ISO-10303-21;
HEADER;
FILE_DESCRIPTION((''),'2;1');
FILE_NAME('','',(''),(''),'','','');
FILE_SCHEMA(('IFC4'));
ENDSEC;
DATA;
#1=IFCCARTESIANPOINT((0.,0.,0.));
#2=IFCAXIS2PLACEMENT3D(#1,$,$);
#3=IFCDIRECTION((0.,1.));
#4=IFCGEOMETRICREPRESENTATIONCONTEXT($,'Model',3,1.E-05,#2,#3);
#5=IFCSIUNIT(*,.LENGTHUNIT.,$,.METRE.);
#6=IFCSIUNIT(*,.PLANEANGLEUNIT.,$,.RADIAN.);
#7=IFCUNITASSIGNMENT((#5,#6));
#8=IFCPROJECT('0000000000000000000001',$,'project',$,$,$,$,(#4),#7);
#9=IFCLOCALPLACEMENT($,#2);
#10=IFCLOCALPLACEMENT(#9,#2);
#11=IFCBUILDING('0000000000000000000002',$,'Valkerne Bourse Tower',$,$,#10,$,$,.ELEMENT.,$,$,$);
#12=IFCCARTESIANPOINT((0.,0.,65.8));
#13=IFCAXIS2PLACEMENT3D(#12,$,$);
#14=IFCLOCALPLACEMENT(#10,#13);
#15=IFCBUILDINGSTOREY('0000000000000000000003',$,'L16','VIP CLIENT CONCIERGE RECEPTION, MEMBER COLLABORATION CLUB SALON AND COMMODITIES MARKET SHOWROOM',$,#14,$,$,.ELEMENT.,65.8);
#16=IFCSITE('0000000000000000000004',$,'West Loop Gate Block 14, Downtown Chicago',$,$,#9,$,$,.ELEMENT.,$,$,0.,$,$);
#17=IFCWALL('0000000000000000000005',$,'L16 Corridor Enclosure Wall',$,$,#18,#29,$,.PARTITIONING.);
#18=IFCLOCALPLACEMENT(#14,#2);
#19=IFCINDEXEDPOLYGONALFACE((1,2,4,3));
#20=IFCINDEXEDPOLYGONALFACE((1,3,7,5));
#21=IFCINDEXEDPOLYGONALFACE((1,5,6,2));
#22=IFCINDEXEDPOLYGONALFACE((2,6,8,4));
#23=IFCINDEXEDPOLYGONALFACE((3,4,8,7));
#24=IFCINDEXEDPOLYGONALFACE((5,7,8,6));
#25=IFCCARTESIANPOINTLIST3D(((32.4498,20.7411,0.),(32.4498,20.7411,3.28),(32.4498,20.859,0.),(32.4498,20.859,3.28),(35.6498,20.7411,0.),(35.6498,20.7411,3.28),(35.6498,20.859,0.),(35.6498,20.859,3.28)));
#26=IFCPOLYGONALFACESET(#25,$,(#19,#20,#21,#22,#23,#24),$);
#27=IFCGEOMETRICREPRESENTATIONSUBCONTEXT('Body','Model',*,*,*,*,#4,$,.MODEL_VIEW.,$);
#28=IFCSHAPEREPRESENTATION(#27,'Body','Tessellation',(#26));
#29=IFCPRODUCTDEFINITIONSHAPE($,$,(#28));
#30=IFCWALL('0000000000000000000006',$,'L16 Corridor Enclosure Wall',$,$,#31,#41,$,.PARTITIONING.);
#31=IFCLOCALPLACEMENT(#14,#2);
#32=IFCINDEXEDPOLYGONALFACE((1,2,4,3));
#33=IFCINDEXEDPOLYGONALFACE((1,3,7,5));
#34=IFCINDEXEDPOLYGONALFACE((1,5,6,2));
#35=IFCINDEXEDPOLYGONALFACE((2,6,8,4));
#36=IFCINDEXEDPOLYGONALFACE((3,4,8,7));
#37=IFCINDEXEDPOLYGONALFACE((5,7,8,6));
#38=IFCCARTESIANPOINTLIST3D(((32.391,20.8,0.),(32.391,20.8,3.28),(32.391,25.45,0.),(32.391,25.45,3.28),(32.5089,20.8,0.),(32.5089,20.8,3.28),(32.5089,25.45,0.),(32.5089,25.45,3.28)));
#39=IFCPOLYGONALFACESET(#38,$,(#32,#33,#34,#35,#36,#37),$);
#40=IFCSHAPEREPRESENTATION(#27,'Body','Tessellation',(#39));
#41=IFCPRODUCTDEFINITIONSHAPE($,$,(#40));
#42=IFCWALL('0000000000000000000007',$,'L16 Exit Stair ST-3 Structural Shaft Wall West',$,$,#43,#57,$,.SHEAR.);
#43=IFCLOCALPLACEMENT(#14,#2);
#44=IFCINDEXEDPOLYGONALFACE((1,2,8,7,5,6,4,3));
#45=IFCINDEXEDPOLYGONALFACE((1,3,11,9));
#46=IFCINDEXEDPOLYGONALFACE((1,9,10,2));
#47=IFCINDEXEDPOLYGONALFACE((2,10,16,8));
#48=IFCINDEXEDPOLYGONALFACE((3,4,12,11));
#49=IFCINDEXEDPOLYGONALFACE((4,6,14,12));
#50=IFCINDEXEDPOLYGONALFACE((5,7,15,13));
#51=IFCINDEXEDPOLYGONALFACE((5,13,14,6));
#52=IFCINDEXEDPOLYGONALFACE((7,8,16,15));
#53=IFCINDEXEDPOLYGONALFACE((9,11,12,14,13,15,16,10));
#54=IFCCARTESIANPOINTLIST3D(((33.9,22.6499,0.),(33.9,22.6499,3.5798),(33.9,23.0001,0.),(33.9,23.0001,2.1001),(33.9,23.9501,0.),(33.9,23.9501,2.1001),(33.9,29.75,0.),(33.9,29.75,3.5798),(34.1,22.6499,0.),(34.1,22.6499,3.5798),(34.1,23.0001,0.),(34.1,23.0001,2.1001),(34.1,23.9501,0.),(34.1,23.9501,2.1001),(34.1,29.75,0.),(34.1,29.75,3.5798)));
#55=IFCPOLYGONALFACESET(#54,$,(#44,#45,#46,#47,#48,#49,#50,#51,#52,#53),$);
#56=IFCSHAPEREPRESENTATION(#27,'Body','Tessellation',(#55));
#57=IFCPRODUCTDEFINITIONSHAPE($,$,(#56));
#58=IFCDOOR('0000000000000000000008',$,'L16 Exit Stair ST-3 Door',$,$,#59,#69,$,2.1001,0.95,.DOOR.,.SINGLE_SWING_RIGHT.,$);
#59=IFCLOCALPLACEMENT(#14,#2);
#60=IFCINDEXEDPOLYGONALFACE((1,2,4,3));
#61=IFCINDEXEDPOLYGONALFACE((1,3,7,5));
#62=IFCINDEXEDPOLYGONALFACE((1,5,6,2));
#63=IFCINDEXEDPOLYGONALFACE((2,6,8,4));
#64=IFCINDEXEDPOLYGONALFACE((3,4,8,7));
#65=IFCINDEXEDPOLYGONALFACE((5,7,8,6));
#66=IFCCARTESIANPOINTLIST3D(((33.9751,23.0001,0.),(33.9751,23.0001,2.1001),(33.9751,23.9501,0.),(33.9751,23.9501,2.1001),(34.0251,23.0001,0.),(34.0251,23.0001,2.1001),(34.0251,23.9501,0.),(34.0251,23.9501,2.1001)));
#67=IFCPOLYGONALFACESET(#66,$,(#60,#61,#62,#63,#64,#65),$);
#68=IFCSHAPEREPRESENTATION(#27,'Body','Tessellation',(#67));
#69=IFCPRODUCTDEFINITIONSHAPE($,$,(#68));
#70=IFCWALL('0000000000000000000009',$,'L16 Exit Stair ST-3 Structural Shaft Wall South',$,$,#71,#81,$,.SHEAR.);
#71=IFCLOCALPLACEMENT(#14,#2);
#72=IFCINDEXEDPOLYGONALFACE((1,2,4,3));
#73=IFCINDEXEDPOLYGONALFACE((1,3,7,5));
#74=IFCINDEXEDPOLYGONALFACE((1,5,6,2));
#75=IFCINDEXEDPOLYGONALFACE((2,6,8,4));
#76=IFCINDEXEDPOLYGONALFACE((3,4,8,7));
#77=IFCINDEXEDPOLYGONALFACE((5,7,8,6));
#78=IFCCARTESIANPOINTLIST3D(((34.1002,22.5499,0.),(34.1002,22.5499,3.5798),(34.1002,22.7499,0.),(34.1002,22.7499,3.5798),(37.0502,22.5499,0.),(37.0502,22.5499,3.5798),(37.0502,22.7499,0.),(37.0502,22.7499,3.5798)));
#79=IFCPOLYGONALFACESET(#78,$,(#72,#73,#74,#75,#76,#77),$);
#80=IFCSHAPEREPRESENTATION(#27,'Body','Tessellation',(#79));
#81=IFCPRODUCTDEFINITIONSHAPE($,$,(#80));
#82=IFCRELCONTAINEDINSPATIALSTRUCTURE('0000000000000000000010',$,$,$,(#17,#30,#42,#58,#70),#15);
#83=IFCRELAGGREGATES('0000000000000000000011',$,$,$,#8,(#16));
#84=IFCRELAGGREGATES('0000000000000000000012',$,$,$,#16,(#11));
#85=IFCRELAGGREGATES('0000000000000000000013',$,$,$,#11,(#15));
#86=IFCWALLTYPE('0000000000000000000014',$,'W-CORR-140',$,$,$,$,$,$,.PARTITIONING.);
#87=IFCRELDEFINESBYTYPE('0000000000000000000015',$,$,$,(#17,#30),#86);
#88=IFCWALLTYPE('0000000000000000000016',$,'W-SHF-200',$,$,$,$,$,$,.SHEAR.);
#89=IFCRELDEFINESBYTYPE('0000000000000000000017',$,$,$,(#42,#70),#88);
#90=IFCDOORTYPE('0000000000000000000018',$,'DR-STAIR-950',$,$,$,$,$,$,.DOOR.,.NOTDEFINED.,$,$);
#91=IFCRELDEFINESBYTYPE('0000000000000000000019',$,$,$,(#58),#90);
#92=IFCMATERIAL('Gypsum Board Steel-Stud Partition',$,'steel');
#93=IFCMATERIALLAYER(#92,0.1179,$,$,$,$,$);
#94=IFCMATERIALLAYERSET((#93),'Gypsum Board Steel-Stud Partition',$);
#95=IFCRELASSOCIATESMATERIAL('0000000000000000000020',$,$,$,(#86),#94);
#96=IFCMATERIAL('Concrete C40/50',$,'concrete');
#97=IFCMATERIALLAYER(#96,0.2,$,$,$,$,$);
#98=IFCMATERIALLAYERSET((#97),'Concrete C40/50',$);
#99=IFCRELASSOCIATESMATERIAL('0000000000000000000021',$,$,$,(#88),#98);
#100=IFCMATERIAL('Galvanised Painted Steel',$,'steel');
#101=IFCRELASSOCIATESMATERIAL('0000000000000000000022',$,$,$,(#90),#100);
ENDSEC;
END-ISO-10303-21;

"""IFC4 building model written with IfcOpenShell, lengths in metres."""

from ifc_helpers import new_model, si_unit, direction, frame, frame_2d, origin, place, context, subcontext, project, spatial, rectangle, extrude, material, layer, layer_set, type_object, element, fill, save


model = new_model("IFC4")

# Units and contexts
model_context = context("Model", 3, precision=1e-05, world=origin(), true_north=direction((0.0, 1.0)))
body_context = subcontext(model_context, "Body", "Model", "MODEL_VIEW")
ifc_project = project(units=[si_unit("LENGTHUNIT", "METRE"), si_unit("PLANEANGLEUNIT", "RADIAN")], contexts=[model_context])

# Site, building, storey
site_placement = place(None, origin())
site = spatial("IfcSite", under=ifc_project, at=site_placement, Name="West Loop Gate Block 14, Downtown Chicago", CompositionType="ELEMENT", RefElevation=0.0)
building_placement = place(site_placement, origin())
building = spatial("IfcBuilding", under=site, at=building_placement, Name="Valkerne Bourse Tower", CompositionType="ELEMENT")
storey_placement = place(building_placement, frame((0.0, 0.0, 65.8)))
storey = spatial("IfcBuildingStorey", under=building, at=storey_placement, Name="L16", Description="VIP CLIENT CONCIERGE RECEPTION, MEMBER COLLABORATION CLUB SALON AND COMMODITIES MARKET SHOWROOM", CompositionType="ELEMENT", Elevation=65.8)

# Walls
ifc_material_1 = material(Name="Gypsum Board Steel-Stud Partition", Category="steel")
ifc_layer_1 = layer(ifc_material_1, 0.1179)
ifc_layer_set_1 = layer_set([ifc_layer_1], Name="Gypsum Board Steel-Stud Partition")
wall_type_1 = type_object("IfcWallType", Name="W-CORR-140", PredefinedType="PARTITIONING", material=ifc_layer_set_1)
wall_1_placement = place(storey_placement, frame((35.6499, 20.8, 0.0), z_axis=(0.0, 0.0, 1.0), x_axis=(-1.0, 0.0, 0.0)))
element("IfcWall", 1, at=wall_1_placement, inside=storey, type_object=wall_type_1, Name="L16 Corridor Enclosure Wall", PredefinedType="PARTITIONING", context=body_context, shape_type="SweptSolid", body=[
    extrude(rectangle(XDim=3.2, YDim=0.1179, at=frame_2d((1.6001, 0.0))), origin(), (0.0, 0.0, 1.0), 3.28),
])
wall_2_placement = place(storey_placement, frame((32.45, 20.8, 0.0), z_axis=(0.0, 0.0, 1.0), x_axis=(0.0, 1.0, 0.0)))
element("IfcWall", 2, at=wall_2_placement, inside=storey, type_object=wall_type_1, Name="L16 Corridor Enclosure Wall", PredefinedType="PARTITIONING", context=body_context, shape_type="SweptSolid", body=[
    extrude(rectangle(XDim=4.6499, YDim=0.1179, at=frame_2d((2.325, 0.0))), origin(), (0.0, 0.0, 1.0), 3.28),
])

# Wall, opening, door
ifc_material_2 = material(Name="Concrete C40/50", Category="concrete")
ifc_layer_2 = layer(ifc_material_2, 0.2)
ifc_layer_set_2 = layer_set([ifc_layer_2], Name="Concrete C40/50")
wall_type_2 = type_object("IfcWallType", Name="W-SHF-200", PredefinedType="SHEAR", material=ifc_layer_set_2)
wall_3_placement = place(storey_placement, frame((34.0, 22.6499, 0.0), z_axis=(0.0, 0.0, 1.0), x_axis=(0.0, 1.0, 0.0)))
wall_3 = element("IfcWall", 3, at=wall_3_placement, inside=storey, type_object=wall_type_2, Name="L16 Exit Stair ST-3 Structural Shaft Wall West", PredefinedType="SHEAR", context=body_context, shape_type="SweptSolid", body=[
    extrude(rectangle(XDim=7.1001, YDim=0.2, at=frame_2d((3.55, 0.0))), origin(), (0.0, 0.0, 1.0), 3.5798),
])
opening_placement = place(wall_3_placement, frame((0.3501, 0.0, 0.0)))
opening = element("IfcOpeningElement", 4, at=opening_placement, cuts=wall_3, PredefinedType="OPENING", context=body_context, shape_type="SweptSolid", body=[
    extrude(rectangle(XDim=0.95, YDim=2.1001, at=frame_2d((0.4751, 1.05))), frame((0.0, 0.1099, 0.0), z_axis=(0.0, -1.0, 0.0), x_axis=(1.0, 0.0, 0.0)), (0.0, 0.0, 1.0), 0.22),
])
ifc_material_3 = material(Name="Galvanised Painted Steel", Category="steel")
door_type = type_object("IfcDoorType", Name="DR-STAIR-950", OperationType="NOTDEFINED", PredefinedType="DOOR", material=ifc_material_3)
door_placement = place(opening_placement, origin())
door = element("IfcDoor", 5, at=door_placement, inside=storey, type_object=door_type, Name="L16 Exit Stair ST-3 Door", OperationType="SINGLE_SWING_RIGHT", OverallHeight=2.1001, OverallWidth=0.95, PredefinedType="DOOR", context=body_context, shape_type="SweptSolid", body=[
    extrude(rectangle(XDim=0.95, YDim=2.1001, at=frame_2d((0.4751, 1.05))), frame((0.0, 0.0249, 0.0), z_axis=(0.0, -1.0, 0.0), x_axis=(1.0, 0.0, 0.0)), (0.0, 0.0, 1.0), 0.05),
])
fill(opening, door)

# Wall
wall_4_placement = place(storey_placement, frame((34.1001, 22.6499, 0.0), z_axis=(0.0, 0.0, 1.0), x_axis=(1.0, 0.0, 0.0)))
element("IfcWall", 6, at=wall_4_placement, inside=storey, type_object=wall_type_2, Name="L16 Exit Stair ST-3 Structural Shaft Wall South", PredefinedType="SHEAR", context=body_context, shape_type="SweptSolid", body=[
    extrude(rectangle(XDim=2.95, YDim=0.2, at=frame_2d((1.4751, 0.0))), origin(), (0.0, 0.0, 1.0), 3.5798),
])

save(model, "model.ifc")
